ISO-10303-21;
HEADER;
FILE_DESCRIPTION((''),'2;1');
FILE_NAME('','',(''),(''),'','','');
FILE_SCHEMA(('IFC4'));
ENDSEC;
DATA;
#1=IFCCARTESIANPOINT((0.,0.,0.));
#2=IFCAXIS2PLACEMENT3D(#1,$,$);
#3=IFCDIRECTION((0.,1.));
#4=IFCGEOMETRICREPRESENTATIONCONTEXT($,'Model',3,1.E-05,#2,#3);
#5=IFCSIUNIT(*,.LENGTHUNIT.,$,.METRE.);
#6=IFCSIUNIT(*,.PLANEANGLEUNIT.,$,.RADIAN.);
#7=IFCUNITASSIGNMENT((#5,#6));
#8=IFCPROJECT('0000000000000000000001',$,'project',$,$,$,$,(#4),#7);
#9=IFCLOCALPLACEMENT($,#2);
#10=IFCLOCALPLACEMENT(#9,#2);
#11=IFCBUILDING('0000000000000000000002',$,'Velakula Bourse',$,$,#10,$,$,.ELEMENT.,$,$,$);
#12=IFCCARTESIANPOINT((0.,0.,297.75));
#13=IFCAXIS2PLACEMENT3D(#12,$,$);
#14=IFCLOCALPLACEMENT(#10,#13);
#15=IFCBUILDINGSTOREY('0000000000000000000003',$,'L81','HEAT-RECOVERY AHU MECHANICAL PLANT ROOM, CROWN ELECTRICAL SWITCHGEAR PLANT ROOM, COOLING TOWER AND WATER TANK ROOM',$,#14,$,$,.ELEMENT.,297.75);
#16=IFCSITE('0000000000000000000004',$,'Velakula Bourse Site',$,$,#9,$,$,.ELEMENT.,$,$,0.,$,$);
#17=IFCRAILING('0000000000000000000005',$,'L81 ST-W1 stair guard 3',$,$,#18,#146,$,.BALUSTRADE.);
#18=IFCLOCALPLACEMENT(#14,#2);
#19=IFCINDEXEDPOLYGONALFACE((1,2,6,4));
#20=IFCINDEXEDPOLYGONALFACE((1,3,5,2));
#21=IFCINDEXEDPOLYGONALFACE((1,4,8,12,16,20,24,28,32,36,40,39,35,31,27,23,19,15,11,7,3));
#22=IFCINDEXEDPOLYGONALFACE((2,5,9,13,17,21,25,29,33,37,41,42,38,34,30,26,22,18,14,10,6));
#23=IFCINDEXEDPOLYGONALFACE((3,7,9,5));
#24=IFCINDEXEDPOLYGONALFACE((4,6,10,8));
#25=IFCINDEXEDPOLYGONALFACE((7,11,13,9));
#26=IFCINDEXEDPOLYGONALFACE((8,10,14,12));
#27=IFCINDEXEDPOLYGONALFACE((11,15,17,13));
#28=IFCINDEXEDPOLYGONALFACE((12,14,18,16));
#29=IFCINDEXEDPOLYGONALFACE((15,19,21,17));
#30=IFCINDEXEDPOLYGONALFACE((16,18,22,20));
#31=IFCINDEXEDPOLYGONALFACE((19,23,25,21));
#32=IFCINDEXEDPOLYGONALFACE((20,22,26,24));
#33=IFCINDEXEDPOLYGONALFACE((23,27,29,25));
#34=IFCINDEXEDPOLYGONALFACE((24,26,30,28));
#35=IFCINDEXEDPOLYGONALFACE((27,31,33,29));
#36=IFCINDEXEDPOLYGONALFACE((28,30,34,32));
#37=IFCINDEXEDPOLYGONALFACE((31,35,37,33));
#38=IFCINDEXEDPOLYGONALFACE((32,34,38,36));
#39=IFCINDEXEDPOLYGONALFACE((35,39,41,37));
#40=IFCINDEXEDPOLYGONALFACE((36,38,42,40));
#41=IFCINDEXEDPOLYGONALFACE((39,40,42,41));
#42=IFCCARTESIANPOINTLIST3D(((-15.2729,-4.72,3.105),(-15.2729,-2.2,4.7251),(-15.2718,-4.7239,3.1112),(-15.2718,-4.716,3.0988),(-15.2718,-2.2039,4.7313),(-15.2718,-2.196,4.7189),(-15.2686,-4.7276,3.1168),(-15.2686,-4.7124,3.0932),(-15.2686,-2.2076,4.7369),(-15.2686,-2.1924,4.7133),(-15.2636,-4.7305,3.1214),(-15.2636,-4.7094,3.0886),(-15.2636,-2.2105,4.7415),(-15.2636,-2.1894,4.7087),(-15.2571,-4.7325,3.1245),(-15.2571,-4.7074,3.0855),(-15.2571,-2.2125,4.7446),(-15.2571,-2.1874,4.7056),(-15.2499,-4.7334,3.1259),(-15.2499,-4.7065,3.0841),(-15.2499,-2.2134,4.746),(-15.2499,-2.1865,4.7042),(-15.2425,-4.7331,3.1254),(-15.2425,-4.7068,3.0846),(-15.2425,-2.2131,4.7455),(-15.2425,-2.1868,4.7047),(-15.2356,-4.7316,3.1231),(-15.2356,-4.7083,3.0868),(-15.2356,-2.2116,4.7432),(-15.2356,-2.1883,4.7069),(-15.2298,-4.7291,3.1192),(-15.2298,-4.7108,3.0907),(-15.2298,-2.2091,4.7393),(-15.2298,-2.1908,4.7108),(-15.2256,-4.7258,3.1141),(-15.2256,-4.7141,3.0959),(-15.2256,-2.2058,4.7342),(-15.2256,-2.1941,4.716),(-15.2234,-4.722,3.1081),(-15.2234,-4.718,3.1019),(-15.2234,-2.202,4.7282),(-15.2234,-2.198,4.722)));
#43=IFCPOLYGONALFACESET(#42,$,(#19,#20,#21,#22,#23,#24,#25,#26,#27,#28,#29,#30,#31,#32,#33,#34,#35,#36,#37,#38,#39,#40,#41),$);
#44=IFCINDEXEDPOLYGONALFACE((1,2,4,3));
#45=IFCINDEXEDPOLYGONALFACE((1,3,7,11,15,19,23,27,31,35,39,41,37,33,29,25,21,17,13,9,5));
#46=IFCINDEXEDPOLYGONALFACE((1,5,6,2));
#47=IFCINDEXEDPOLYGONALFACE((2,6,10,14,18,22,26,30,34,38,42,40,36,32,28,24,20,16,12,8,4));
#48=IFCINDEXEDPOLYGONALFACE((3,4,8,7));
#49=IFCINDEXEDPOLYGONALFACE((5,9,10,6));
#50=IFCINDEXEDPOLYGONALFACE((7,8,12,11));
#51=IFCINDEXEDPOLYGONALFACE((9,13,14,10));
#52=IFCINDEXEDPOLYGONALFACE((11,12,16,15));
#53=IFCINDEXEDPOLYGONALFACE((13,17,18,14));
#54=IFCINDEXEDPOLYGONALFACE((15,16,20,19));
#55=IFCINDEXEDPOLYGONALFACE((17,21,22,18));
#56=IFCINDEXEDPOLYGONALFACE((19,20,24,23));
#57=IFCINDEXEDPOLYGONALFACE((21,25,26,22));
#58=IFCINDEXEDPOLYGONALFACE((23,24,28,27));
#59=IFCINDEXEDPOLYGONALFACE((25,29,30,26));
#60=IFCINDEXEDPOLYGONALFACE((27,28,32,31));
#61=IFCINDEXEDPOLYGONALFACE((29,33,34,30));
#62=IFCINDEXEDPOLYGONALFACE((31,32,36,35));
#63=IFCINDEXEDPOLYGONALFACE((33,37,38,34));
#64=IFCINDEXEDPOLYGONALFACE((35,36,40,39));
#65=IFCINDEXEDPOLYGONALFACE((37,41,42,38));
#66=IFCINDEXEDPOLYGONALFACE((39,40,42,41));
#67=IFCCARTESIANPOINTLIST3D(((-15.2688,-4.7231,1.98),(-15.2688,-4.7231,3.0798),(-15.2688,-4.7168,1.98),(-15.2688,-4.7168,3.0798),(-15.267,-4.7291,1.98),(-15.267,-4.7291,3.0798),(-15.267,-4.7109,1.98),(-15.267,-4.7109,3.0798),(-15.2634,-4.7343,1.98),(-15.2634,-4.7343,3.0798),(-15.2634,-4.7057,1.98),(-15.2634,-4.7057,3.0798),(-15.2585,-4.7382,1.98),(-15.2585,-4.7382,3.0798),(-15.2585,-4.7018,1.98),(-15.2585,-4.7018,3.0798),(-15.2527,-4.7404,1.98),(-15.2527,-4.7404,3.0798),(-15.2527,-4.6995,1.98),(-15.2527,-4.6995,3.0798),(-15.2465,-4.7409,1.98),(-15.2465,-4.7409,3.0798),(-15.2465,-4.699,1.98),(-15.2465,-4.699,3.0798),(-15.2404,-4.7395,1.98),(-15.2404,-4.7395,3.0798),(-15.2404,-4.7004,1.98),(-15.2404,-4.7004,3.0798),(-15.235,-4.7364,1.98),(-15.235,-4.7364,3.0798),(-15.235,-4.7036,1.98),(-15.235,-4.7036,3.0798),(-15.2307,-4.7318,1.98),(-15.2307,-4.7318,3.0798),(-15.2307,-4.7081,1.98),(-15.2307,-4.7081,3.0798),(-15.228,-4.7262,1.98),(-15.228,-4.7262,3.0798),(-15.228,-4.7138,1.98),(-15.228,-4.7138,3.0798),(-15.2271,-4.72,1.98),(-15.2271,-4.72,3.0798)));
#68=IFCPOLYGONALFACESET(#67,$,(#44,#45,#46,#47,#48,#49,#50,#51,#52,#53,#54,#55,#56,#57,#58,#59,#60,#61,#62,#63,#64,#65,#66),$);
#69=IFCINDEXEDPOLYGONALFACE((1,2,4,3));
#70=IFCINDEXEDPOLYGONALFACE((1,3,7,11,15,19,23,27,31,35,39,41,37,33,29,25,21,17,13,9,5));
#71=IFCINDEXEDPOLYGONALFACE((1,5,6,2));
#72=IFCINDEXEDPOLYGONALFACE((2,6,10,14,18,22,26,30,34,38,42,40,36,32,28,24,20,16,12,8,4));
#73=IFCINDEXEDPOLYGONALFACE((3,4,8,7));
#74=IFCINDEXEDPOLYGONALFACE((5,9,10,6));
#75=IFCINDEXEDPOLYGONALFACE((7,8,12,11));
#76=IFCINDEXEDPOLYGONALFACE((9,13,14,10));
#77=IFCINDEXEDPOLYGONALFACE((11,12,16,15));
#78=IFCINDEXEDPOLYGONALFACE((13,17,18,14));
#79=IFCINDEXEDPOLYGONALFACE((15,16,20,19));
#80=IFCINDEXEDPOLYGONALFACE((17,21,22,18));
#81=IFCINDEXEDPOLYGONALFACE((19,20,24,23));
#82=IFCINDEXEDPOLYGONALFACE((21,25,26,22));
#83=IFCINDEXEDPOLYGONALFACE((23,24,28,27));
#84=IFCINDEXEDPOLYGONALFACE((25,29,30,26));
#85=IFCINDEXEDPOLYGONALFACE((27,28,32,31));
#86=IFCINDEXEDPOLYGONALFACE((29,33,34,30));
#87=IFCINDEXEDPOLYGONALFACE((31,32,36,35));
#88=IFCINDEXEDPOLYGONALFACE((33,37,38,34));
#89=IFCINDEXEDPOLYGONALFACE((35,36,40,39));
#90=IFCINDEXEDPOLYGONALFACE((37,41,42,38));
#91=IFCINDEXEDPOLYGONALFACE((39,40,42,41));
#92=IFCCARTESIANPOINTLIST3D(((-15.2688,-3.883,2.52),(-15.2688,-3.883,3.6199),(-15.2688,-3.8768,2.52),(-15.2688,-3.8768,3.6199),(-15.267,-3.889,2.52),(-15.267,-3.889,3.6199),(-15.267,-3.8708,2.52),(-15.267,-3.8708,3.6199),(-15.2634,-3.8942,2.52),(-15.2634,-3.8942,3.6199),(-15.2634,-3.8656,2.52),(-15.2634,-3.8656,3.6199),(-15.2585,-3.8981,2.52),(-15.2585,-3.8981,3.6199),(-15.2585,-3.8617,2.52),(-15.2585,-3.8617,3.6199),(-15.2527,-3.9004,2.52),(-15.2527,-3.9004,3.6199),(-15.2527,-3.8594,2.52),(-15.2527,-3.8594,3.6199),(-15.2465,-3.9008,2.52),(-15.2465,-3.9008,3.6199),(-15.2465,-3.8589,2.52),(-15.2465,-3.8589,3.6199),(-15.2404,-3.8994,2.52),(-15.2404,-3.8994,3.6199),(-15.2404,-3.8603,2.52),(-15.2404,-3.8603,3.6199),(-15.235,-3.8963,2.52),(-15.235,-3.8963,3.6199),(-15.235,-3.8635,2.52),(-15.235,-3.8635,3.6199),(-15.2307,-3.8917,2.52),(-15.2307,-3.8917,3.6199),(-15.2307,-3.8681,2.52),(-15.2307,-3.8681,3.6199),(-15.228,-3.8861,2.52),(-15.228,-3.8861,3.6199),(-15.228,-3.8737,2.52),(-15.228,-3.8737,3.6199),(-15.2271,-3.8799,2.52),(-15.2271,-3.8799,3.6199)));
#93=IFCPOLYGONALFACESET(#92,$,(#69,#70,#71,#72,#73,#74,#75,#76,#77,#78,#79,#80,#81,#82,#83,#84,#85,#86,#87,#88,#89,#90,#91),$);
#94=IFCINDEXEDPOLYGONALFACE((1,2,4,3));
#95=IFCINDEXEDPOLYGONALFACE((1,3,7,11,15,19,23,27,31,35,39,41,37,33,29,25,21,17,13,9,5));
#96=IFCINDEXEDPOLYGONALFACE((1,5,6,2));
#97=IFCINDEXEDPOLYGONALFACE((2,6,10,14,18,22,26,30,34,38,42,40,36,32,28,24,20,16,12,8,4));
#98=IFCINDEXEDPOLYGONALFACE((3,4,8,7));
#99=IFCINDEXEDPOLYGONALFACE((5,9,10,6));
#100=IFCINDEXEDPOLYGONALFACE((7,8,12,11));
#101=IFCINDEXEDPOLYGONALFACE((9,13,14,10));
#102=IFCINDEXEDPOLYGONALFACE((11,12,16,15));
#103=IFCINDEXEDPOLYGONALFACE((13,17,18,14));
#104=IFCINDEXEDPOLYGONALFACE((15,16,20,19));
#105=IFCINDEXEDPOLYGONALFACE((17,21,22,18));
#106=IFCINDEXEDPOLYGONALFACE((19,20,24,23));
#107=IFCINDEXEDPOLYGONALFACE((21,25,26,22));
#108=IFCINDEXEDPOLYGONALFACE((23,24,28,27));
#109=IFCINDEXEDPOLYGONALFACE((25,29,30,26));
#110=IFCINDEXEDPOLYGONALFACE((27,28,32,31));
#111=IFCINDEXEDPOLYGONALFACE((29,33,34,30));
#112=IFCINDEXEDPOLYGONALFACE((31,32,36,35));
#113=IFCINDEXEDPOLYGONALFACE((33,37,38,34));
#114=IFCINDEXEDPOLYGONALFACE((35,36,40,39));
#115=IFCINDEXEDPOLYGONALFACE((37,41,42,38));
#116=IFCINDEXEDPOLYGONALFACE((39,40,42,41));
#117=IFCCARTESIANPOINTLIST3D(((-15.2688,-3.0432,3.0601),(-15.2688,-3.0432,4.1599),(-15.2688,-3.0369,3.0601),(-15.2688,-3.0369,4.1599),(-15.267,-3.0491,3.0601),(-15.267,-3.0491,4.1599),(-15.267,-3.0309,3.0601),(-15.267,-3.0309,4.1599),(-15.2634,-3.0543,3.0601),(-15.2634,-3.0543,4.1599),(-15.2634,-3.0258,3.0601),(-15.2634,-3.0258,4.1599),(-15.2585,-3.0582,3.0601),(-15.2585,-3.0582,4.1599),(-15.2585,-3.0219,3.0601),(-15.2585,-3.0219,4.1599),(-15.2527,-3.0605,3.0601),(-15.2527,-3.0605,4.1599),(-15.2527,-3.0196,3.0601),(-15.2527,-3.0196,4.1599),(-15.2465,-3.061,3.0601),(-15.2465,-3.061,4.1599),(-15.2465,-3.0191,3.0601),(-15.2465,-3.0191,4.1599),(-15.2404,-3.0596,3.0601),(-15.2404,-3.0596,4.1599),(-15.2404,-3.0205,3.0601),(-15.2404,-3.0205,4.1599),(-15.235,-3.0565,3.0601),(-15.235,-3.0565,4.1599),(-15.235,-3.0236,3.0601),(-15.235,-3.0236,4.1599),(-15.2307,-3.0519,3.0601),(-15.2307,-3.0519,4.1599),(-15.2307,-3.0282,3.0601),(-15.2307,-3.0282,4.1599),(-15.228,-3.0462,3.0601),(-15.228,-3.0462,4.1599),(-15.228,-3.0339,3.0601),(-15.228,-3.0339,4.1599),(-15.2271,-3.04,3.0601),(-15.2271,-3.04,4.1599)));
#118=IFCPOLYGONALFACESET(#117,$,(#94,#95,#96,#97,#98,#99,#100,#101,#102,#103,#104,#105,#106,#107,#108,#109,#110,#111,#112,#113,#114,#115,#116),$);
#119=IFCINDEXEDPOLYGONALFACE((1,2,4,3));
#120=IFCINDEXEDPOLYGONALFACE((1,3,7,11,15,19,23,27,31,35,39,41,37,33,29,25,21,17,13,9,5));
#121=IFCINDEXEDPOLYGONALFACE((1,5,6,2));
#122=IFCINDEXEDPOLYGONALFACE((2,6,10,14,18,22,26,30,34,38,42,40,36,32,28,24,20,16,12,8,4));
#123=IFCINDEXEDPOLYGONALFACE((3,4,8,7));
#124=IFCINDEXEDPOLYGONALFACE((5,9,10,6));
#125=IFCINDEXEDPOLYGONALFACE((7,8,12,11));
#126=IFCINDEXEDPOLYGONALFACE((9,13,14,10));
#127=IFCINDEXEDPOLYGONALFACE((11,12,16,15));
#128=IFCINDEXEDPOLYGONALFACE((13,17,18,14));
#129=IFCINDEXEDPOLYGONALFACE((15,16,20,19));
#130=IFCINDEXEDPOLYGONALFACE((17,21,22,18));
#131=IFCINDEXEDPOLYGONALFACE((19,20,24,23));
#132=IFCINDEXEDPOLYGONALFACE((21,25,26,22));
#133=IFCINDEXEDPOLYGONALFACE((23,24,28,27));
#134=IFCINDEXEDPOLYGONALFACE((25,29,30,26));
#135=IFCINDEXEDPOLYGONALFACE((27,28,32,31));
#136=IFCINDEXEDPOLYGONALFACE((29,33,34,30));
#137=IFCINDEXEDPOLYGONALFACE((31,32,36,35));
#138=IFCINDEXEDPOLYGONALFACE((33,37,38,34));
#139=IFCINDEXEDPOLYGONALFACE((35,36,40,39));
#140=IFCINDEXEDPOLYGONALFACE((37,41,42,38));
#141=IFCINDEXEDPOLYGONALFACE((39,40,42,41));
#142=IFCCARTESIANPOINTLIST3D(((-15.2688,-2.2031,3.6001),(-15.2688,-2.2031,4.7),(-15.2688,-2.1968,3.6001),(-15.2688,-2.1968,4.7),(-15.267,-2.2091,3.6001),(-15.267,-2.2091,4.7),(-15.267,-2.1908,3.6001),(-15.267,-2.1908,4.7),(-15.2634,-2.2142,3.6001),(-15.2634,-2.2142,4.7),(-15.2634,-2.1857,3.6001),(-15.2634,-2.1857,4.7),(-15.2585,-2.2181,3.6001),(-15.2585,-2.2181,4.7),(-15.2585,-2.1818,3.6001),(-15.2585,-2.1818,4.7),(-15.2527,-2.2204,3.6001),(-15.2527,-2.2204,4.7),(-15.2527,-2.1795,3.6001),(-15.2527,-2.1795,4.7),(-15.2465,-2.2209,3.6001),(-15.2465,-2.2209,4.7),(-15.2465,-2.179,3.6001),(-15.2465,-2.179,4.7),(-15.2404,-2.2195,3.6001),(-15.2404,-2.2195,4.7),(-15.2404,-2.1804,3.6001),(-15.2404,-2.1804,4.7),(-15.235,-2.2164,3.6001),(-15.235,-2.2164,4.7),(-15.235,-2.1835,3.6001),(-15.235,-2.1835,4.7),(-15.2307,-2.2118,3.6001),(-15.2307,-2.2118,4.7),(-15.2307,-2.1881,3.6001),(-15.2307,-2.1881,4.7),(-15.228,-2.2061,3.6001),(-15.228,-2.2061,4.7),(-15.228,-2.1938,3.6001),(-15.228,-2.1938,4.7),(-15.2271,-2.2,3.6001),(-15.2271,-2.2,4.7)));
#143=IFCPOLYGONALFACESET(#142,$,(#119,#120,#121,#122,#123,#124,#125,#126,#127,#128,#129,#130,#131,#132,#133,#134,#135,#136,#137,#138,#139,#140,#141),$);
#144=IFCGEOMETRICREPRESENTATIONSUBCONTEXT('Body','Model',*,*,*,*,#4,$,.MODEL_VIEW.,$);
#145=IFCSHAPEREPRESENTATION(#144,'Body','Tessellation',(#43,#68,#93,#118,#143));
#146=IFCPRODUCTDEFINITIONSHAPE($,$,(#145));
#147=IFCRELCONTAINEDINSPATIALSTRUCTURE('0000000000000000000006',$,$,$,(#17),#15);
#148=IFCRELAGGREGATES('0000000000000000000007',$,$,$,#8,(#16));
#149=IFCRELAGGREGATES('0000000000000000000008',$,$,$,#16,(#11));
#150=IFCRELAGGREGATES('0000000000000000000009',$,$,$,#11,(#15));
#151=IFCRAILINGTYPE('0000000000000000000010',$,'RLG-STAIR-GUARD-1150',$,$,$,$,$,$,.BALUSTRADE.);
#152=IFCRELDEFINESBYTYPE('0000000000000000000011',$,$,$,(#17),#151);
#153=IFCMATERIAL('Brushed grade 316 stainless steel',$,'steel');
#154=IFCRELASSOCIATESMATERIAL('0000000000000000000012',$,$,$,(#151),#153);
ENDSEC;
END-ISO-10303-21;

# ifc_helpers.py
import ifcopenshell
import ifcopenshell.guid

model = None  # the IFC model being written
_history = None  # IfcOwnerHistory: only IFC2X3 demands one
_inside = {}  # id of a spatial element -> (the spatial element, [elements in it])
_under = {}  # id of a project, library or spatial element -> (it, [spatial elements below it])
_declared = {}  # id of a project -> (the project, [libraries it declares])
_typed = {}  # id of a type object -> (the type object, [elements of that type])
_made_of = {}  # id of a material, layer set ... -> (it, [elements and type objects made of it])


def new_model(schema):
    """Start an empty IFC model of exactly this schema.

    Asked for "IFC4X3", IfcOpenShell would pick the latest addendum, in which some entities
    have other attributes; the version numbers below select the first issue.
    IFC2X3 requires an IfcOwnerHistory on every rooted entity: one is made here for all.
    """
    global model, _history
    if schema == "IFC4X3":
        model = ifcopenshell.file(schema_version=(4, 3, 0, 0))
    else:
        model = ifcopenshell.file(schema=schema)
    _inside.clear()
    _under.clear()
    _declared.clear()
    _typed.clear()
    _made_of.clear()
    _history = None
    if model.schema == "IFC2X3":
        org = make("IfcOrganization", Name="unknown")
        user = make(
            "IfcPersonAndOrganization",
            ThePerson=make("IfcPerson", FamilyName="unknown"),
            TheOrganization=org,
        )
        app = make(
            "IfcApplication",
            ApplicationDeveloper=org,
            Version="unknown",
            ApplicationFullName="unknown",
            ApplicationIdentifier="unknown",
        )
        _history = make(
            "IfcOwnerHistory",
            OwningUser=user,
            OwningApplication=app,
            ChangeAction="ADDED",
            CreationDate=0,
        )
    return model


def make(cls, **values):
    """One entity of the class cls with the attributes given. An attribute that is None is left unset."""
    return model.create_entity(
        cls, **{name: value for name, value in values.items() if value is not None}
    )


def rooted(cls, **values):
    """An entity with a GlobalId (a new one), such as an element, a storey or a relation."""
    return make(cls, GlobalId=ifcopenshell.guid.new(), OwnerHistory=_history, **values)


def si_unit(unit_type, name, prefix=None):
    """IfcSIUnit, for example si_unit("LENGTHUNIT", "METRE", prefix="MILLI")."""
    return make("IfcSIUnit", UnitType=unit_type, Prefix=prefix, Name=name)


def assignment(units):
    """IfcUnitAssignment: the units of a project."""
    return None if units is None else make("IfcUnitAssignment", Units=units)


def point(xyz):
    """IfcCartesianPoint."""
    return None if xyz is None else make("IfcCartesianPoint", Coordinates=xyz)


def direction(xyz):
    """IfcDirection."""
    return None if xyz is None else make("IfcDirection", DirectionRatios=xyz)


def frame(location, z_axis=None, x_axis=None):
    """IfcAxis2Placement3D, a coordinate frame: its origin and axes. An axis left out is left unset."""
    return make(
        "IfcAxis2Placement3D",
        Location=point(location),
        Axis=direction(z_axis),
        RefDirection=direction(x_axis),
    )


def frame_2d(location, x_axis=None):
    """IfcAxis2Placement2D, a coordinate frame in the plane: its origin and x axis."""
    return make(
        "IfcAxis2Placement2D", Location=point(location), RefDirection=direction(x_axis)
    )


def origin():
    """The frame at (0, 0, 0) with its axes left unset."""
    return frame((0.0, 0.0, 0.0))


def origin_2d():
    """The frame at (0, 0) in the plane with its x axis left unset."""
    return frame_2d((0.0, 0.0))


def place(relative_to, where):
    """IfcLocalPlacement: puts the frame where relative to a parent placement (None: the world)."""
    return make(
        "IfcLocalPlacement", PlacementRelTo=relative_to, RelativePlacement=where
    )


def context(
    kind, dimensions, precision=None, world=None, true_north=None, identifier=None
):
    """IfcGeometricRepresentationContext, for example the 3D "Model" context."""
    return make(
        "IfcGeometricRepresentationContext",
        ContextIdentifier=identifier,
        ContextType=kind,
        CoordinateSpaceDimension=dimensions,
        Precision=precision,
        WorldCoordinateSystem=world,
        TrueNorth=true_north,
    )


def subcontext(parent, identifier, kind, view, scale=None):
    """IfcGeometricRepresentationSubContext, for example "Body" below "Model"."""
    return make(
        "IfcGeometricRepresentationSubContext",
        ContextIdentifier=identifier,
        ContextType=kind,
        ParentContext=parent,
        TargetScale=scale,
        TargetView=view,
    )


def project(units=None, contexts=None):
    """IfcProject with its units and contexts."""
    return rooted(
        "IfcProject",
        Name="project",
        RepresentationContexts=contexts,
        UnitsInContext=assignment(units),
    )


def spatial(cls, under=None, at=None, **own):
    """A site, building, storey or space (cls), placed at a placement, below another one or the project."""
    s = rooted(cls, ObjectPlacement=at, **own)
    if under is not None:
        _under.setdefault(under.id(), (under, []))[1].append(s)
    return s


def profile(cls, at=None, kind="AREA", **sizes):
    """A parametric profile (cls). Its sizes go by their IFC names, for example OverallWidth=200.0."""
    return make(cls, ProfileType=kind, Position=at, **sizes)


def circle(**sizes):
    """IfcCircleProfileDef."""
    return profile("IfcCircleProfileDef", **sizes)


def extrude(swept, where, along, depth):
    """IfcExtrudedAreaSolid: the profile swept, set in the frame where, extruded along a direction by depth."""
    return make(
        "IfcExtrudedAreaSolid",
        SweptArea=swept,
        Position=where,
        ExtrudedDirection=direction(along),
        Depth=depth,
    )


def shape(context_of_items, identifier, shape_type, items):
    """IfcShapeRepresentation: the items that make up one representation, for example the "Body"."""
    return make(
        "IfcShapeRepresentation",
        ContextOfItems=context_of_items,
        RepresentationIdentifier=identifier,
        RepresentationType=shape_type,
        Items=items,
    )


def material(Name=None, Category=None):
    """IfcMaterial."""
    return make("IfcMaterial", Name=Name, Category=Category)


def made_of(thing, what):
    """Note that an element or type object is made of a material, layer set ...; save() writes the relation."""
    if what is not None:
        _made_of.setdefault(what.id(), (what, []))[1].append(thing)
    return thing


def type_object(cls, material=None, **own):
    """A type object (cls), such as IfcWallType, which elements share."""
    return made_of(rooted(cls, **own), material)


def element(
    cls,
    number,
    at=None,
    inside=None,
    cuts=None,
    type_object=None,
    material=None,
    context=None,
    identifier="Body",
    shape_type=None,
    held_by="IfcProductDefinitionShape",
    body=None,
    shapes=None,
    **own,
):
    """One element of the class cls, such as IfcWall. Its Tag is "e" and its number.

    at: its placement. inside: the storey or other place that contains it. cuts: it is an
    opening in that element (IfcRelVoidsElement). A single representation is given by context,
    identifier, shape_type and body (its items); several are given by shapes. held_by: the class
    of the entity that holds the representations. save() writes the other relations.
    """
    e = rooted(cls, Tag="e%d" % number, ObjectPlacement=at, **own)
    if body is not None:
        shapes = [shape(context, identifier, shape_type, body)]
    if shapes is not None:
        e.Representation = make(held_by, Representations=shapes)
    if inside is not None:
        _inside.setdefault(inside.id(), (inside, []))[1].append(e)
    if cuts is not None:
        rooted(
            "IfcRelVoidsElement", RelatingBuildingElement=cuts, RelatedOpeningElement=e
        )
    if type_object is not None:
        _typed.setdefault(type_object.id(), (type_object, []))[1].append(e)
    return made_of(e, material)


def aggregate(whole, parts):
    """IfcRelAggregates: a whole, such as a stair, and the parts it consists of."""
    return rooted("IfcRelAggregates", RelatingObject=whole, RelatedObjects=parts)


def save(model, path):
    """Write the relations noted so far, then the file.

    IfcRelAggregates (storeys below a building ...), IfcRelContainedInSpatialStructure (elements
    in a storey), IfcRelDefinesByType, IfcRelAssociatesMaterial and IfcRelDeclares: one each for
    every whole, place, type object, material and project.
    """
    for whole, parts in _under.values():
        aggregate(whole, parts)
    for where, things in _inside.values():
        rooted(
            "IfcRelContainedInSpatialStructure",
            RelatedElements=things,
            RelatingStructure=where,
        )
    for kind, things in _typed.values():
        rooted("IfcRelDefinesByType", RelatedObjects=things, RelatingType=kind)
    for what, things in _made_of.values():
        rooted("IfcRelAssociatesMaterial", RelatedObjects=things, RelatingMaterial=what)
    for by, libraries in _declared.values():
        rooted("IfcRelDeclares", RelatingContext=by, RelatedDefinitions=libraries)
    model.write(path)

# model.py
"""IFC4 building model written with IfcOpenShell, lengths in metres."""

from ifc_helpers import new_model, si_unit, direction, frame, origin, origin_2d, place, context, subcontext, project, spatial, circle, extrude, material, type_object, element, save


model = new_model("IFC4")

# Units and contexts
model_context = context("Model", 3, precision=1e-05, world=origin(), true_north=direction((0.0, 1.0)))
body_context = subcontext(model_context, "Body", "Model", "MODEL_VIEW")
ifc_project = project(units=[si_unit("LENGTHUNIT", "METRE"), si_unit("PLANEANGLEUNIT", "RADIAN")], contexts=[model_context])

# Site, building, storey
site_placement = place(None, origin())
site = spatial("IfcSite", under=ifc_project, at=site_placement, Name="Velakula Bourse Site", CompositionType="ELEMENT", RefElevation=0.0)
building_placement = place(site_placement, origin())
building = spatial("IfcBuilding", under=site, at=building_placement, Name="Velakula Bourse", CompositionType="ELEMENT")
storey_placement = place(building_placement, frame((0.0, 0.0, 297.75)))
storey = spatial("IfcBuildingStorey", under=building, at=storey_placement, Name="L81", Description="HEAT-RECOVERY AHU MECHANICAL PLANT ROOM, CROWN ELECTRICAL SWITCHGEAR PLANT ROOM, COOLING TOWER AND WATER TANK ROOM", CompositionType="ELEMENT", Elevation=297.75)

# Shared definitions
ifc_material_1 = material(Name="Brushed grade 316 stainless steel", Category="steel")

# Railing
railing_type_1 = type_object("IfcRailingType", Name="RLG-STAIR-GUARD-1150", PredefinedType="BALUSTRADE", material=ifc_material_1)
railing_1_placement = place(storey_placement, frame((-15.248, -4.72, 1.98)))
element("IfcRailing", 1, at=railing_1_placement, inside=storey, type_object=railing_type_1, Name="L81 ST-W1 stair guard 3", PredefinedType="BALUSTRADE", context=body_context, shape_type="SweptSolid", body=[
    extrude(circle(Radius=0.0249, at=origin_2d()), frame((0.0, 0.0, 1.125), z_axis=(0.0, 0.841163, 0.540782), x_axis=(-1.0, 0.0, 0.0)), (0.0, 0.0, 1.0), 2.9958),
    extrude(circle(Radius=0.021, at=origin_2d()), origin(), (0.0, 0.0, 1.0), 1.0999),
    extrude(circle(Radius=0.021, at=origin_2d()), frame((0.0, 0.8401, 0.54)), (0.0, 0.0, 1.0), 1.0999),
    extrude(circle(Radius=0.021, at=origin_2d()), frame((0.0, 1.6799, 1.0801)), (0.0, 0.0, 1.0), 1.0999),
    extrude(circle(Radius=0.021, at=origin_2d()), frame((0.0, 2.52, 1.6201)), (0.0, 0.0, 1.0), 1.0999),
])

save(model, "model.ifc")
